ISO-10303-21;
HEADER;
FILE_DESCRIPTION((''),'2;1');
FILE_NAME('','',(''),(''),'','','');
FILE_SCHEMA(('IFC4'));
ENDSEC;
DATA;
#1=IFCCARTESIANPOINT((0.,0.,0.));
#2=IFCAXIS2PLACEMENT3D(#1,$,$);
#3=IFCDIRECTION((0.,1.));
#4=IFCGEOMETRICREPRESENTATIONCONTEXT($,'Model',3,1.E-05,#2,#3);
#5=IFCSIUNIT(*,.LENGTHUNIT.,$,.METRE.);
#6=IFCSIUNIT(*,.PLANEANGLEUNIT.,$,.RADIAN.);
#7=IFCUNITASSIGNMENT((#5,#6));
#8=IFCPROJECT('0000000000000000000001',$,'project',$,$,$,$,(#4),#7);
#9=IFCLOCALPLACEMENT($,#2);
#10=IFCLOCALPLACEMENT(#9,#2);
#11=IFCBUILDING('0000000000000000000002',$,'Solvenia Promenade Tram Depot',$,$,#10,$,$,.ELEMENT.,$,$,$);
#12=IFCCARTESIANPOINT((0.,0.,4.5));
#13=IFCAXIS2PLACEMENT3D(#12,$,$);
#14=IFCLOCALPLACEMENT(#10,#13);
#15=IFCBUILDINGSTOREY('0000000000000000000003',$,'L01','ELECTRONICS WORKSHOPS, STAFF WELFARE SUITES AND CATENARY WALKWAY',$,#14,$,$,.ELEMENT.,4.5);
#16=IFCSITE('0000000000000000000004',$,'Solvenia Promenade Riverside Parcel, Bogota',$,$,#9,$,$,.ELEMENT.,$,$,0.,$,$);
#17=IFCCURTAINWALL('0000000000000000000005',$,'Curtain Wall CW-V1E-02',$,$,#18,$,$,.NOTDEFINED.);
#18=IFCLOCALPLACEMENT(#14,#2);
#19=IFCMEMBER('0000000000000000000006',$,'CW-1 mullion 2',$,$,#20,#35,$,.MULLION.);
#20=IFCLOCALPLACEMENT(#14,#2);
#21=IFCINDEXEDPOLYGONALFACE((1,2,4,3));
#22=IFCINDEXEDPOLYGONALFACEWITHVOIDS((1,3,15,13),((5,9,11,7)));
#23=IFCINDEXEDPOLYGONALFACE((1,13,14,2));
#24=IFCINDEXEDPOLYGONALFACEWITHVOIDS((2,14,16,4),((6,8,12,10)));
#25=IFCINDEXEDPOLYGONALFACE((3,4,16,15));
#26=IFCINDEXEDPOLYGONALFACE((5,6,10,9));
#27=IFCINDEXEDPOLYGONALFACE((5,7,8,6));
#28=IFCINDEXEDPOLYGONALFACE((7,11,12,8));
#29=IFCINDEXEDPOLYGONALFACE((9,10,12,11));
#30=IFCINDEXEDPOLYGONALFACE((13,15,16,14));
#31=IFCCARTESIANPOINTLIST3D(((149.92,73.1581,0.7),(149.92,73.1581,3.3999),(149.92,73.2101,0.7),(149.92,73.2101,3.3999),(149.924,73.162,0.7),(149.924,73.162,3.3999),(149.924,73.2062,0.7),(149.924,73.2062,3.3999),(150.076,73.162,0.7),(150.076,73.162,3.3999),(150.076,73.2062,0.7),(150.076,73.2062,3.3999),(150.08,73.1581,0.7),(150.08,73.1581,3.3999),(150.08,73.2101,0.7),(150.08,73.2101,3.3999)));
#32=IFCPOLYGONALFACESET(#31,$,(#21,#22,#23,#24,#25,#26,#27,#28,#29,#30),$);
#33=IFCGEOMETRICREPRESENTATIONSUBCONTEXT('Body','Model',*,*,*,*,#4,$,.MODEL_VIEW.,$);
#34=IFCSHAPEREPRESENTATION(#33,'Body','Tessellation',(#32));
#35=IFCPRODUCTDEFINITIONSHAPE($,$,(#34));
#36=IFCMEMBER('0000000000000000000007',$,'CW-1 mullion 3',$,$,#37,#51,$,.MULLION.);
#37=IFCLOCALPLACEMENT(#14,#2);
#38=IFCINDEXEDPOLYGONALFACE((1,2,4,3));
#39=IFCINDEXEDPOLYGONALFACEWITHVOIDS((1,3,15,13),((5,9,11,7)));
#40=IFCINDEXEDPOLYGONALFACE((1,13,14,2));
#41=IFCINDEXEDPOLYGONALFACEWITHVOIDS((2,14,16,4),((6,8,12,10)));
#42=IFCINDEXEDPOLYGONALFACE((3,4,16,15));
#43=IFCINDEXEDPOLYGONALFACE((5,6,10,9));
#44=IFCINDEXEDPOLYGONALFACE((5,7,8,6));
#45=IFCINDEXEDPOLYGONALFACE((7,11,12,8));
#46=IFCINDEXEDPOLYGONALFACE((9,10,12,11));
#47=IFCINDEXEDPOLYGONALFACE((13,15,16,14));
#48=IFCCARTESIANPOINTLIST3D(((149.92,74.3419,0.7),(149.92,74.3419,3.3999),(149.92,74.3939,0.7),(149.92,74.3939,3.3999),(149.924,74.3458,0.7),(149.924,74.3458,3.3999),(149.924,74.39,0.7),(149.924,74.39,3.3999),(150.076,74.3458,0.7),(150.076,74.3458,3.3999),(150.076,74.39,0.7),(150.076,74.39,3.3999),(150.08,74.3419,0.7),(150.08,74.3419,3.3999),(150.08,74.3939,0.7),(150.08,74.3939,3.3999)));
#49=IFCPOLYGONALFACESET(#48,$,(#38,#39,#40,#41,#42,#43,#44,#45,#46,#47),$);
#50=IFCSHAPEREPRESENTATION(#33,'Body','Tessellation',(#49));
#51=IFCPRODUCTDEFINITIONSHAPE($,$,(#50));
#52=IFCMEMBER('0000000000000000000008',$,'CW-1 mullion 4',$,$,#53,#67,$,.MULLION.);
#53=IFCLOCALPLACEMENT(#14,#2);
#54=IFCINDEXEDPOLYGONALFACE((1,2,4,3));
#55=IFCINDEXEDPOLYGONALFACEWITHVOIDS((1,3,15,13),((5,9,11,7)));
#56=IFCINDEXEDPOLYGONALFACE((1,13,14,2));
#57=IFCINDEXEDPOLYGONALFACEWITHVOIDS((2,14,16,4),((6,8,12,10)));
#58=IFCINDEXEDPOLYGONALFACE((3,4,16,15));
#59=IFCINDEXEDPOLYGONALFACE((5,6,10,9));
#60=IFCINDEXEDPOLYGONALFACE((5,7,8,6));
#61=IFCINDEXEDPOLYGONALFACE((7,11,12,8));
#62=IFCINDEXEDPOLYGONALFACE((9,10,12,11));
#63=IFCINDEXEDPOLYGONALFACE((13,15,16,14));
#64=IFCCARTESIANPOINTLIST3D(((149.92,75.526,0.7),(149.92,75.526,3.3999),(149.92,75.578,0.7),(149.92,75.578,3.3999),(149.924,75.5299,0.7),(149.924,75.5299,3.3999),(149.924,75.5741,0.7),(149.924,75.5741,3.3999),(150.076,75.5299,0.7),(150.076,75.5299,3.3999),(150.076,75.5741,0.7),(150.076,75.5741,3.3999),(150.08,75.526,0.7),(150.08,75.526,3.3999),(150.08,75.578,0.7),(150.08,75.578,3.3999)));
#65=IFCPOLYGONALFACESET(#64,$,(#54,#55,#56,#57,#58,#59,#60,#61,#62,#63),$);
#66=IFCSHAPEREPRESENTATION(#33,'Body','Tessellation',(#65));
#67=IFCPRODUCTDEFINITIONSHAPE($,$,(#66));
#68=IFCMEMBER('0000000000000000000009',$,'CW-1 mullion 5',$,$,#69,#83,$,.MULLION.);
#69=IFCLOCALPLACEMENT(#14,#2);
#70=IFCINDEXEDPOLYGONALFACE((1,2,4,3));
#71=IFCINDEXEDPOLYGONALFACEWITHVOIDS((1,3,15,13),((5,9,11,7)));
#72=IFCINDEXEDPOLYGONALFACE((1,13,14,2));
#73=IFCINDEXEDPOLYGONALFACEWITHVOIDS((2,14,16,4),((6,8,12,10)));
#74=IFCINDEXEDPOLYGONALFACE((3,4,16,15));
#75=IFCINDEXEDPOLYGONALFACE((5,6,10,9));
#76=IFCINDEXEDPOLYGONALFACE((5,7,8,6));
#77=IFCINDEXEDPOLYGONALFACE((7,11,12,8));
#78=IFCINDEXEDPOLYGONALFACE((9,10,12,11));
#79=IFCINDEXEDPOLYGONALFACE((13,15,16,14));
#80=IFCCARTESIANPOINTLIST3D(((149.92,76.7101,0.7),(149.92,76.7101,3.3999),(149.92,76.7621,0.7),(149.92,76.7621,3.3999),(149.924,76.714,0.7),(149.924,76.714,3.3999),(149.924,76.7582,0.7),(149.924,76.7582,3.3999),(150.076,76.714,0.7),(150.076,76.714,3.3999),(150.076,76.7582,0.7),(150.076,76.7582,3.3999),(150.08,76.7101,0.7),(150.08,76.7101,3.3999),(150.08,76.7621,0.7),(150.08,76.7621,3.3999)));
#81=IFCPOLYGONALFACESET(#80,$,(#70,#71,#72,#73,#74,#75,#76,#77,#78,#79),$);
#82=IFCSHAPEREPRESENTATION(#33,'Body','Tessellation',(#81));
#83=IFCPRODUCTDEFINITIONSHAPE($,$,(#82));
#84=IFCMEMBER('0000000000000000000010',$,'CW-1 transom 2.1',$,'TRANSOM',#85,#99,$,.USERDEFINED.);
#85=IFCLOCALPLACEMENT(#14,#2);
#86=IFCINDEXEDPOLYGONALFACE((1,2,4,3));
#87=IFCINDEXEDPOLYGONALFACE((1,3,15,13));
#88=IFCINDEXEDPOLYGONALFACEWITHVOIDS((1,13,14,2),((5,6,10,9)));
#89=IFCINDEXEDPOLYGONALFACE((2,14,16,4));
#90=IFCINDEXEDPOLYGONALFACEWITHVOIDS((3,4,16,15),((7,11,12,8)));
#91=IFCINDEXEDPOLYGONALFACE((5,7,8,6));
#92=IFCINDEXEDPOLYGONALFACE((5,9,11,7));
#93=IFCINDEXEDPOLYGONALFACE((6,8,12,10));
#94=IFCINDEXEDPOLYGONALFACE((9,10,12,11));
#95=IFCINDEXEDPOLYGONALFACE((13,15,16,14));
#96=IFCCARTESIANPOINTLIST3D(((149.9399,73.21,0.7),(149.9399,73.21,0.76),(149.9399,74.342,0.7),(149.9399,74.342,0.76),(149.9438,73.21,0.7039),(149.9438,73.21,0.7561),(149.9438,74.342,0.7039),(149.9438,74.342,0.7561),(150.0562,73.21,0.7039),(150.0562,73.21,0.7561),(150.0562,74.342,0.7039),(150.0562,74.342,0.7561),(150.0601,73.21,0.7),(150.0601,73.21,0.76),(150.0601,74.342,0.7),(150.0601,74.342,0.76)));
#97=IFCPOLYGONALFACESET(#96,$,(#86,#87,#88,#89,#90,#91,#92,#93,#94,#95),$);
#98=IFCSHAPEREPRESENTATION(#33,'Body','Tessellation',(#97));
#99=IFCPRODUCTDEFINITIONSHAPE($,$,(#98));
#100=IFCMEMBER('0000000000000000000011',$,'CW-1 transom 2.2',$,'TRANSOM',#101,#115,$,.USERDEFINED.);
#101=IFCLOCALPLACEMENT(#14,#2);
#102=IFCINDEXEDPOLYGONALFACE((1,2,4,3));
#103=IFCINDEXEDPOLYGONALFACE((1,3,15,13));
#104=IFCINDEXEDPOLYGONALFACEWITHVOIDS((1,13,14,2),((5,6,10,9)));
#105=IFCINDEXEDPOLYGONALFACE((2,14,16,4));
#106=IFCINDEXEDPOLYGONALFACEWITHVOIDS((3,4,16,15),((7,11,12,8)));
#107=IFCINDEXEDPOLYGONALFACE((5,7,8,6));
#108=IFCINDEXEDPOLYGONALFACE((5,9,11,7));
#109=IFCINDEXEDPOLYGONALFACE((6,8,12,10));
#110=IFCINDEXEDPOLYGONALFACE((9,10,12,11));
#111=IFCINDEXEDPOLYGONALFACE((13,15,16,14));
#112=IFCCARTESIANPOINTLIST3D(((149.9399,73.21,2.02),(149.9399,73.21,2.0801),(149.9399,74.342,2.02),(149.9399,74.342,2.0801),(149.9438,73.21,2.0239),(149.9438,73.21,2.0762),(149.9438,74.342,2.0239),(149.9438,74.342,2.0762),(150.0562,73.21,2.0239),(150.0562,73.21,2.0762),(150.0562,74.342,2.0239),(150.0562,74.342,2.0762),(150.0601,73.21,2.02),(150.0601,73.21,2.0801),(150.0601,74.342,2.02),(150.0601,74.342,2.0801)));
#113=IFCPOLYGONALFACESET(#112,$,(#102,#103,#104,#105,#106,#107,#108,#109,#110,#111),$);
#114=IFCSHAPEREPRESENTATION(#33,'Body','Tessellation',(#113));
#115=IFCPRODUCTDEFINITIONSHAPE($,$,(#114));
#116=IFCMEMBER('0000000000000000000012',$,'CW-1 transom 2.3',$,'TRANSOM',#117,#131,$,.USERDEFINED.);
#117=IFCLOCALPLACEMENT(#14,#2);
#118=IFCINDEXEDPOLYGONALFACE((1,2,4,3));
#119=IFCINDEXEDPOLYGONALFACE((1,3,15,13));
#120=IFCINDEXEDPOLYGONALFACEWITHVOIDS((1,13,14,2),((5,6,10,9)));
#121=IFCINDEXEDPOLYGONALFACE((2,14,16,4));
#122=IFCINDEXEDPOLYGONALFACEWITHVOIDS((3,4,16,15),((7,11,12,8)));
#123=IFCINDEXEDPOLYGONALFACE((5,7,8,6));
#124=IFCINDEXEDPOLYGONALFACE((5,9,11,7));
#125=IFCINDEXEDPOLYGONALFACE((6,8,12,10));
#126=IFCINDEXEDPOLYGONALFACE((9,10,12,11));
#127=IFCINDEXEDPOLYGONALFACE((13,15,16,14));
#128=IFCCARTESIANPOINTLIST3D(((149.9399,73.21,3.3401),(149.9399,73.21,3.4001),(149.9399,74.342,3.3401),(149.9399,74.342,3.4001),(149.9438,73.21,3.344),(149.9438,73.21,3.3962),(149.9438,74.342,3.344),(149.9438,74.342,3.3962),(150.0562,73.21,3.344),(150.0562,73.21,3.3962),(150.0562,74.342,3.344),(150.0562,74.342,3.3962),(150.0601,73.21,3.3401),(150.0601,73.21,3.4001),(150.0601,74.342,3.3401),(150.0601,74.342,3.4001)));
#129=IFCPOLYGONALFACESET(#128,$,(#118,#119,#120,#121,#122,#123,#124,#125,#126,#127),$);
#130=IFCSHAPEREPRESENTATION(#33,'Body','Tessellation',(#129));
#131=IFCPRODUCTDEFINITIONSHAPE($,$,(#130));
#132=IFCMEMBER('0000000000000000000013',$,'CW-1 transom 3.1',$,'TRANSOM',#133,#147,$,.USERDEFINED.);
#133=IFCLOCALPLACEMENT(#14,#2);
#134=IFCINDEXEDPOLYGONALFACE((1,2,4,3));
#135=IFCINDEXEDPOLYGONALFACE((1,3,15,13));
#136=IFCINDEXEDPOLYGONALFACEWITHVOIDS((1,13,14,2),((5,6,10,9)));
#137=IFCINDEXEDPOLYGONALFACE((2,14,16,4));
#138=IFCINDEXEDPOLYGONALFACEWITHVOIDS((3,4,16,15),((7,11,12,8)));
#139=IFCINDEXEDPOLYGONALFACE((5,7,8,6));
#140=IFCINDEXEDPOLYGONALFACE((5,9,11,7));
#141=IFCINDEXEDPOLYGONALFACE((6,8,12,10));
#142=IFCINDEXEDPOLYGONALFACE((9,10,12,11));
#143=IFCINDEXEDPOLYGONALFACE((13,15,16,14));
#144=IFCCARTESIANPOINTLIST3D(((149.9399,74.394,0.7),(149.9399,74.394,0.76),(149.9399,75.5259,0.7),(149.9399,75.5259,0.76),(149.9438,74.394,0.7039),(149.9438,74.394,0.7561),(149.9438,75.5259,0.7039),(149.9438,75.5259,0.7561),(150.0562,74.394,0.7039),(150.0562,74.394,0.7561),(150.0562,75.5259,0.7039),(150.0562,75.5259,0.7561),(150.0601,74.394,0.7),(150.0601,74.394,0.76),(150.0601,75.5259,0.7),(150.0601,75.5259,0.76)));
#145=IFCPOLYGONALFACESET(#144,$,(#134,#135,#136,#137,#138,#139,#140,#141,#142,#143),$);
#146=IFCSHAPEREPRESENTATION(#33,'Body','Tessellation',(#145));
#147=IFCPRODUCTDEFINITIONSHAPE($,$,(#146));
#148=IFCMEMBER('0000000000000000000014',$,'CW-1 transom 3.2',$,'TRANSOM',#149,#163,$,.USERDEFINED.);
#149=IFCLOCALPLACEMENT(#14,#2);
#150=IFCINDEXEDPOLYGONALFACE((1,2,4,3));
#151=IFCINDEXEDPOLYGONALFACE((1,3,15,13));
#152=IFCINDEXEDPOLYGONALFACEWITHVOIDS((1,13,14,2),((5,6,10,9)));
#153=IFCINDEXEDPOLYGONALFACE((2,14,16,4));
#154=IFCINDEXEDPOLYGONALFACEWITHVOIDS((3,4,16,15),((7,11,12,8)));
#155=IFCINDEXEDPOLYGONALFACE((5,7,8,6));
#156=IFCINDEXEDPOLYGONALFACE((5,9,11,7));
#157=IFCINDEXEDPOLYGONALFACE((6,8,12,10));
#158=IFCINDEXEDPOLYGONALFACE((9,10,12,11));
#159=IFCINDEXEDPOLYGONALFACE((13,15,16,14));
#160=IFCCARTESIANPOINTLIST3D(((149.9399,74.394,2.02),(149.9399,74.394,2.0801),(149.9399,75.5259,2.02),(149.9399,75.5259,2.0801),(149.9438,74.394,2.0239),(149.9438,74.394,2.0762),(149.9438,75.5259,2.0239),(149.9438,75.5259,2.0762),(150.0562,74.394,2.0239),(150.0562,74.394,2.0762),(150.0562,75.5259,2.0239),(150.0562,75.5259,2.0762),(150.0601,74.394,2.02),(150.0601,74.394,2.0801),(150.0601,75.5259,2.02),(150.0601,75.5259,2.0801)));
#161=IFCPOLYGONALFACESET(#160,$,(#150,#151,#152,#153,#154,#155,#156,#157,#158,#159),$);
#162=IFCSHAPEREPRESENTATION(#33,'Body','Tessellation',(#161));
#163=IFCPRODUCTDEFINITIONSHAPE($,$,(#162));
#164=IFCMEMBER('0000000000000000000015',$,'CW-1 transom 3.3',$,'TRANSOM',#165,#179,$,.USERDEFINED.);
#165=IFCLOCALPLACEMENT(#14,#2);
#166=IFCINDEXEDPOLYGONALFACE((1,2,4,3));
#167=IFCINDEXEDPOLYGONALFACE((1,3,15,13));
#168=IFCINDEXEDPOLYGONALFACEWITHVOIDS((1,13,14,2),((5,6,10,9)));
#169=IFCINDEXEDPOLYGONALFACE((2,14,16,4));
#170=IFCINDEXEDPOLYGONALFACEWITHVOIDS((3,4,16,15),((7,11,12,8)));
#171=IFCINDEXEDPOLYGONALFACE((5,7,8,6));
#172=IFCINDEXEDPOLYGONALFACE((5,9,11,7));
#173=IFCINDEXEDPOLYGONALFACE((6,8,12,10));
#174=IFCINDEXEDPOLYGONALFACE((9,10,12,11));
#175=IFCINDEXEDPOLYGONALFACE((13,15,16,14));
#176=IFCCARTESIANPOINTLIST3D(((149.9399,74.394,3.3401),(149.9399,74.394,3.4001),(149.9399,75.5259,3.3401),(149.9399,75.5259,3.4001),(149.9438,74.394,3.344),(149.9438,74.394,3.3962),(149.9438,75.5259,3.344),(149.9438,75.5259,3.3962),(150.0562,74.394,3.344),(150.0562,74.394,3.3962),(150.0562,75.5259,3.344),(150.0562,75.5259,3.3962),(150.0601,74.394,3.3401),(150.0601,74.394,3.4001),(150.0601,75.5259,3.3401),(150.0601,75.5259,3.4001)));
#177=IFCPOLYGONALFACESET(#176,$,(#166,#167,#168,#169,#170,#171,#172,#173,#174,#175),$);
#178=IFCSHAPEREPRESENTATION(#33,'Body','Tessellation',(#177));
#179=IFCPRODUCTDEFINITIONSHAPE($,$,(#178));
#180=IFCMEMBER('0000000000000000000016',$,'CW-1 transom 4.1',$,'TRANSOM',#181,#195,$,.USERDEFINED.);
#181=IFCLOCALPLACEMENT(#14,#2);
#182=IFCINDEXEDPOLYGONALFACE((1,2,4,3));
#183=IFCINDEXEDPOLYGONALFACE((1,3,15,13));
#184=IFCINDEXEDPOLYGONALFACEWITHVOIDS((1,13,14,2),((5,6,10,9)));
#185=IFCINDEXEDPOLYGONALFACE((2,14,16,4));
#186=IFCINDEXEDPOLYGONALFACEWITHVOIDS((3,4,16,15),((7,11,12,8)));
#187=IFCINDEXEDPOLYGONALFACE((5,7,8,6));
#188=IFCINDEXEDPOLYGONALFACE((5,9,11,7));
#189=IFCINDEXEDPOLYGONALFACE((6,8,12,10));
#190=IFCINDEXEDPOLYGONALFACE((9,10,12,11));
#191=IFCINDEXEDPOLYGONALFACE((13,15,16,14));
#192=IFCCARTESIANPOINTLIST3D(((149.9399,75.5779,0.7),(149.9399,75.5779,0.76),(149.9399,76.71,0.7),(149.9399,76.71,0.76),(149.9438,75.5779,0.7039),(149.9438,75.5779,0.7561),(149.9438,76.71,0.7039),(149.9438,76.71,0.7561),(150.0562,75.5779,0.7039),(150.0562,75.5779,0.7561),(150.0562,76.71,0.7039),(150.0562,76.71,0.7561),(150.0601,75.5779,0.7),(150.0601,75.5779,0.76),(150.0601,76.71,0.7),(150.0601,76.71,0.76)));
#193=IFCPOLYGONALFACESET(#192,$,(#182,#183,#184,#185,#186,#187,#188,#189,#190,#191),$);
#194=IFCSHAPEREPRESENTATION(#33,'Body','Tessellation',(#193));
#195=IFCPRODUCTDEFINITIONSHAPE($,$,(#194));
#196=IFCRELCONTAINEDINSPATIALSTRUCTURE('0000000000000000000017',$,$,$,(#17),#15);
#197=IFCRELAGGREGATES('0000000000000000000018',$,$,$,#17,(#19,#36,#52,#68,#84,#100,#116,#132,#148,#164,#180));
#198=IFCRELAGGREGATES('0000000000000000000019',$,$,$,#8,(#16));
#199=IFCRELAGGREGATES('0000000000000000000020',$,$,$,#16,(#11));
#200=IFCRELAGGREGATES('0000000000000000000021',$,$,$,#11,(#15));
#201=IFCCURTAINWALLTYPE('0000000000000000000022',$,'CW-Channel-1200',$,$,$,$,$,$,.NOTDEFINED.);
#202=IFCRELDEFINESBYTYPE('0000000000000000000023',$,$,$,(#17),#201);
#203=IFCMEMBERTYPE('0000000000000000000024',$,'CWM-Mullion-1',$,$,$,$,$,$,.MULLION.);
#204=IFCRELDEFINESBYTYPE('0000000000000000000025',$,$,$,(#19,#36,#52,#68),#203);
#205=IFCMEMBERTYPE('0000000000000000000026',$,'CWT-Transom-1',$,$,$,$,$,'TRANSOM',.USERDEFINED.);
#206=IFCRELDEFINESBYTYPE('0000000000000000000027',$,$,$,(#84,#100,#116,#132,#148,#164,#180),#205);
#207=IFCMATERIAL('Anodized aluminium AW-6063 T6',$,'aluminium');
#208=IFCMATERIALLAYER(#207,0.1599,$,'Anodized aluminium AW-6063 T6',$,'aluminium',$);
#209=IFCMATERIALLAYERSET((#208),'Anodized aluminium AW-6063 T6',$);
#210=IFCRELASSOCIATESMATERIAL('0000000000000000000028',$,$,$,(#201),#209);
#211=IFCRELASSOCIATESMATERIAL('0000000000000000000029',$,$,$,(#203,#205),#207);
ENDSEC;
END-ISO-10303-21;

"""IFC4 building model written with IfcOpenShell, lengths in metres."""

from ifc_helpers import new_model, si_unit, direction, frame, origin, origin_2d, place, context, subcontext, project, spatial, hollow_rectangle, extrude, material, layer, layer_set, material_profile, profile_set, type_object, element, aggregate, save


model = new_model("IFC4")

# Units and contexts
model_context = context("Model", 3, precision=1e-05, world=origin(), true_north=direction((0.0, 1.0)))
body_context = subcontext(model_context, "Body", "Model", "MODEL_VIEW")
ifc_project = project(units=[si_unit("LENGTHUNIT", "METRE"), si_unit("PLANEANGLEUNIT", "RADIAN")], contexts=[model_context])

# Site, building, storey
site_placement = place(None, origin())
site = spatial("IfcSite", under=ifc_project, at=site_placement, Name="Solvenia Promenade Riverside Parcel, Bogota", CompositionType="ELEMENT", RefElevation=0.0)
building_placement = place(site_placement, origin())
building = spatial("IfcBuilding", under=site, at=building_placement, Name="Solvenia Promenade Tram Depot", CompositionType="ELEMENT")
storey_placement = place(building_placement, frame((0.0, 0.0, 4.5)))
storey = spatial("IfcBuildingStorey", under=building, at=storey_placement, Name="L01", Description="ELECTRONICS WORKSHOPS, STAFF WELFARE SUITES AND CATENARY WALKWAY", CompositionType="ELEMENT", Elevation=4.5)

# Curtain wall, members
ifc_material_1 = material(Name="Anodized aluminium AW-6063 T6", Category="aluminium")
ifc_layer_1 = layer(ifc_material_1, 0.1599, Name="Anodized aluminium AW-6063 T6", Category="aluminium")
ifc_layer_set_1 = layer_set([ifc_layer_1], Name="Anodized aluminium AW-6063 T6")
curtain_wall_type = type_object("IfcCurtainWallType", Name="CW-Channel-1200", PredefinedType="NOTDEFINED", material=ifc_layer_set_1)
curtain_wall_placement = place(storey_placement, origin())
curtain_wall = element("IfcCurtainWall", 1, at=curtain_wall_placement, inside=storey, type_object=curtain_wall_type, Name="Curtain Wall CW-V1E-02", PredefinedType="NOTDEFINED")
ifc_material_profile_1 = material_profile(ifc_material_1, hollow_rectangle(XDim=0.1599, YDim=0.052, WallThickness=0.0039, at=origin_2d()), Name="ALU-M1", Category="aluminium")
ifc_profile_set_1 = profile_set([ifc_material_profile_1], Name="Anodized aluminium AW-6063 T6")
member_type_1 = type_object("IfcMemberType", Name="CWM-Mullion-1", PredefinedType="MULLION", material=ifc_profile_set_1)
member_1_placement = place(storey_placement, frame((150.0, 73.1841, 0.7), z_axis=(0.0, 0.0, 1.0), x_axis=(-1.0, 0.0, 0.0)))
member_1 = element("IfcMember", 2, at=member_1_placement, type_object=member_type_1, Name="CW-1 mullion 2", PredefinedType="MULLION", context=body_context, shape_type="SweptSolid", body=[
    extrude(hollow_rectangle(XDim=0.1599, YDim=0.052, WallThickness=0.0039, at=origin_2d()), origin(), (0.0, 0.0, 1.0), 2.7),
])
member_2_placement = place(storey_placement, frame((150.0, 74.3679, 0.7), z_axis=(0.0, 0.0, 1.0), x_axis=(-1.0, 0.0, 0.0)))
member_2 = element("IfcMember", 3, at=member_2_placement, type_object=member_type_1, Name="CW-1 mullion 3", PredefinedType="MULLION", context=body_context, shape_type="SweptSolid", body=[
    extrude(hollow_rectangle(XDim=0.1599, YDim=0.052, WallThickness=0.0039, at=origin_2d()), origin(), (0.0, 0.0, 1.0), 2.7),
])
member_3_placement = place(storey_placement, frame((150.0, 75.552, 0.7), z_axis=(0.0, 0.0, 1.0), x_axis=(-1.0, 0.0, 0.0)))
member_3 = element("IfcMember", 4, at=member_3_placement, type_object=member_type_1, Name="CW-1 mullion 4", PredefinedType="MULLION", context=body_context, shape_type="SweptSolid", body=[
    extrude(hollow_rectangle(XDim=0.1599, YDim=0.052, WallThickness=0.0039, at=origin_2d()), origin(), (0.0, 0.0, 1.0), 2.7),
])
member_4_placement = place(storey_placement, frame((150.0, 76.7361, 0.7), z_axis=(0.0, 0.0, 1.0), x_axis=(-1.0, 0.0, 0.0)))
member_4 = element("IfcMember", 5, at=member_4_placement, type_object=member_type_1, Name="CW-1 mullion 5", PredefinedType="MULLION", context=body_context, shape_type="SweptSolid", body=[
    extrude(hollow_rectangle(XDim=0.1599, YDim=0.052, WallThickness=0.0039, at=origin_2d()), origin(), (0.0, 0.0, 1.0), 2.7),
])
ifc_material_profile_2 = material_profile(ifc_material_1, hollow_rectangle(XDim=0.1201, YDim=0.0601, WallThickness=0.0039, at=origin_2d()), Name="ALU-T1", Category="aluminium")
ifc_profile_set_2 = profile_set([ifc_material_profile_2], Name="Anodized aluminium AW-6063 T6")
member_type_2 = type_object("IfcMemberType", Name="CWT-Transom-1", ElementType="TRANSOM", PredefinedType="USERDEFINED", material=ifc_profile_set_2)
member_5_placement = place(storey_placement, frame((150.0, 73.21, 0.73), z_axis=(0.0, 1.0, 0.0), x_axis=(-1.0, 0.0, 0.0)))
member_5 = element("IfcMember", 6, at=member_5_placement, type_object=member_type_2, Name="CW-1 transom 2.1", ObjectType="TRANSOM", PredefinedType="USERDEFINED", context=body_context, shape_type="SweptSolid", body=[
    extrude(hollow_rectangle(XDim=0.1201, YDim=0.0601, WallThickness=0.0039, at=origin_2d()), origin(), (0.0, 0.0, 1.0), 1.1321),
])
member_6_placement = place(storey_placement, frame((150.0, 73.21, 2.05), z_axis=(0.0, 1.0, 0.0), x_axis=(-1.0, 0.0, 0.0)))
member_6 = element("IfcMember", 7, at=member_6_placement, type_object=member_type_2, Name="CW-1 transom 2.2", ObjectType="TRANSOM", PredefinedType="USERDEFINED", context=body_context, shape_type="SweptSolid", body=[
    extrude(hollow_rectangle(XDim=0.1201, YDim=0.0601, WallThickness=0.0039, at=origin_2d()), origin(), (0.0, 0.0, 1.0), 1.1321),
])
member_7_placement = place(storey_placement, frame((150.0, 73.21, 3.3701), z_axis=(0.0, 1.0, 0.0), x_axis=(-1.0, 0.0, 0.0)))
member_7 = element("IfcMember", 8, at=member_7_placement, type_object=member_type_2, Name="CW-1 transom 2.3", ObjectType="TRANSOM", PredefinedType="USERDEFINED", context=body_context, shape_type="SweptSolid", body=[
    extrude(hollow_rectangle(XDim=0.1201, YDim=0.0601, WallThickness=0.0039, at=origin_2d()), origin(), (0.0, 0.0, 1.0), 1.1321),
])
member_8_placement = place(storey_placement, frame((150.0, 74.394, 0.73), z_axis=(0.0, 1.0, 0.0), x_axis=(-1.0, 0.0, 0.0)))
member_8 = element("IfcMember", 9, at=member_8_placement, type_object=member_type_2, Name="CW-1 transom 3.1", ObjectType="TRANSOM", PredefinedType="USERDEFINED", context=body_context, shape_type="SweptSolid", body=[
    extrude(hollow_rectangle(XDim=0.1201, YDim=0.0601, WallThickness=0.0039, at=origin_2d()), origin(), (0.0, 0.0, 1.0), 1.1318),
])
member_9_placement = place(storey_placement, frame((150.0, 74.394, 2.05), z_axis=(0.0, 1.0, 0.0), x_axis=(-1.0, 0.0, 0.0)))
member_9 = element("IfcMember", 10, at=member_9_placement, type_object=member_type_2, Name="CW-1 transom 3.2", ObjectType="TRANSOM", PredefinedType="USERDEFINED", context=body_context, shape_type="SweptSolid", body=[
    extrude(hollow_rectangle(XDim=0.1201, YDim=0.0601, WallThickness=0.0039, at=origin_2d()), origin(), (0.0, 0.0, 1.0), 1.1318),
])
member_10_placement = place(storey_placement, frame((150.0, 74.394, 3.3701), z_axis=(0.0, 1.0, 0.0), x_axis=(-1.0, 0.0, 0.0)))
member_10 = element("IfcMember", 11, at=member_10_placement, type_object=member_type_2, Name="CW-1 transom 3.3", ObjectType="TRANSOM", PredefinedType="USERDEFINED", context=body_context, shape_type="SweptSolid", body=[
    extrude(hollow_rectangle(XDim=0.1201, YDim=0.0601, WallThickness=0.0039, at=origin_2d()), origin(), (0.0, 0.0, 1.0), 1.1318),
])
member_11_placement = place(storey_placement, frame((150.0, 75.5779, 0.73), z_axis=(0.0, 1.0, 0.0), x_axis=(-1.0, 0.0, 0.0)))
member_11 = element("IfcMember", 12, at=member_11_placement, type_object=member_type_2, Name="CW-1 transom 4.1", ObjectType="TRANSOM", PredefinedType="USERDEFINED", context=body_context, shape_type="SweptSolid", body=[
    extrude(hollow_rectangle(XDim=0.1201, YDim=0.0601, WallThickness=0.0039, at=origin_2d()), origin(), (0.0, 0.0, 1.0), 1.1321),
])

aggregate(curtain_wall, [member_1, member_2, member_3, member_4, member_5, member_6, member_7, member_8, member_9, member_10, member_11])

save(model, "model.ifc")
